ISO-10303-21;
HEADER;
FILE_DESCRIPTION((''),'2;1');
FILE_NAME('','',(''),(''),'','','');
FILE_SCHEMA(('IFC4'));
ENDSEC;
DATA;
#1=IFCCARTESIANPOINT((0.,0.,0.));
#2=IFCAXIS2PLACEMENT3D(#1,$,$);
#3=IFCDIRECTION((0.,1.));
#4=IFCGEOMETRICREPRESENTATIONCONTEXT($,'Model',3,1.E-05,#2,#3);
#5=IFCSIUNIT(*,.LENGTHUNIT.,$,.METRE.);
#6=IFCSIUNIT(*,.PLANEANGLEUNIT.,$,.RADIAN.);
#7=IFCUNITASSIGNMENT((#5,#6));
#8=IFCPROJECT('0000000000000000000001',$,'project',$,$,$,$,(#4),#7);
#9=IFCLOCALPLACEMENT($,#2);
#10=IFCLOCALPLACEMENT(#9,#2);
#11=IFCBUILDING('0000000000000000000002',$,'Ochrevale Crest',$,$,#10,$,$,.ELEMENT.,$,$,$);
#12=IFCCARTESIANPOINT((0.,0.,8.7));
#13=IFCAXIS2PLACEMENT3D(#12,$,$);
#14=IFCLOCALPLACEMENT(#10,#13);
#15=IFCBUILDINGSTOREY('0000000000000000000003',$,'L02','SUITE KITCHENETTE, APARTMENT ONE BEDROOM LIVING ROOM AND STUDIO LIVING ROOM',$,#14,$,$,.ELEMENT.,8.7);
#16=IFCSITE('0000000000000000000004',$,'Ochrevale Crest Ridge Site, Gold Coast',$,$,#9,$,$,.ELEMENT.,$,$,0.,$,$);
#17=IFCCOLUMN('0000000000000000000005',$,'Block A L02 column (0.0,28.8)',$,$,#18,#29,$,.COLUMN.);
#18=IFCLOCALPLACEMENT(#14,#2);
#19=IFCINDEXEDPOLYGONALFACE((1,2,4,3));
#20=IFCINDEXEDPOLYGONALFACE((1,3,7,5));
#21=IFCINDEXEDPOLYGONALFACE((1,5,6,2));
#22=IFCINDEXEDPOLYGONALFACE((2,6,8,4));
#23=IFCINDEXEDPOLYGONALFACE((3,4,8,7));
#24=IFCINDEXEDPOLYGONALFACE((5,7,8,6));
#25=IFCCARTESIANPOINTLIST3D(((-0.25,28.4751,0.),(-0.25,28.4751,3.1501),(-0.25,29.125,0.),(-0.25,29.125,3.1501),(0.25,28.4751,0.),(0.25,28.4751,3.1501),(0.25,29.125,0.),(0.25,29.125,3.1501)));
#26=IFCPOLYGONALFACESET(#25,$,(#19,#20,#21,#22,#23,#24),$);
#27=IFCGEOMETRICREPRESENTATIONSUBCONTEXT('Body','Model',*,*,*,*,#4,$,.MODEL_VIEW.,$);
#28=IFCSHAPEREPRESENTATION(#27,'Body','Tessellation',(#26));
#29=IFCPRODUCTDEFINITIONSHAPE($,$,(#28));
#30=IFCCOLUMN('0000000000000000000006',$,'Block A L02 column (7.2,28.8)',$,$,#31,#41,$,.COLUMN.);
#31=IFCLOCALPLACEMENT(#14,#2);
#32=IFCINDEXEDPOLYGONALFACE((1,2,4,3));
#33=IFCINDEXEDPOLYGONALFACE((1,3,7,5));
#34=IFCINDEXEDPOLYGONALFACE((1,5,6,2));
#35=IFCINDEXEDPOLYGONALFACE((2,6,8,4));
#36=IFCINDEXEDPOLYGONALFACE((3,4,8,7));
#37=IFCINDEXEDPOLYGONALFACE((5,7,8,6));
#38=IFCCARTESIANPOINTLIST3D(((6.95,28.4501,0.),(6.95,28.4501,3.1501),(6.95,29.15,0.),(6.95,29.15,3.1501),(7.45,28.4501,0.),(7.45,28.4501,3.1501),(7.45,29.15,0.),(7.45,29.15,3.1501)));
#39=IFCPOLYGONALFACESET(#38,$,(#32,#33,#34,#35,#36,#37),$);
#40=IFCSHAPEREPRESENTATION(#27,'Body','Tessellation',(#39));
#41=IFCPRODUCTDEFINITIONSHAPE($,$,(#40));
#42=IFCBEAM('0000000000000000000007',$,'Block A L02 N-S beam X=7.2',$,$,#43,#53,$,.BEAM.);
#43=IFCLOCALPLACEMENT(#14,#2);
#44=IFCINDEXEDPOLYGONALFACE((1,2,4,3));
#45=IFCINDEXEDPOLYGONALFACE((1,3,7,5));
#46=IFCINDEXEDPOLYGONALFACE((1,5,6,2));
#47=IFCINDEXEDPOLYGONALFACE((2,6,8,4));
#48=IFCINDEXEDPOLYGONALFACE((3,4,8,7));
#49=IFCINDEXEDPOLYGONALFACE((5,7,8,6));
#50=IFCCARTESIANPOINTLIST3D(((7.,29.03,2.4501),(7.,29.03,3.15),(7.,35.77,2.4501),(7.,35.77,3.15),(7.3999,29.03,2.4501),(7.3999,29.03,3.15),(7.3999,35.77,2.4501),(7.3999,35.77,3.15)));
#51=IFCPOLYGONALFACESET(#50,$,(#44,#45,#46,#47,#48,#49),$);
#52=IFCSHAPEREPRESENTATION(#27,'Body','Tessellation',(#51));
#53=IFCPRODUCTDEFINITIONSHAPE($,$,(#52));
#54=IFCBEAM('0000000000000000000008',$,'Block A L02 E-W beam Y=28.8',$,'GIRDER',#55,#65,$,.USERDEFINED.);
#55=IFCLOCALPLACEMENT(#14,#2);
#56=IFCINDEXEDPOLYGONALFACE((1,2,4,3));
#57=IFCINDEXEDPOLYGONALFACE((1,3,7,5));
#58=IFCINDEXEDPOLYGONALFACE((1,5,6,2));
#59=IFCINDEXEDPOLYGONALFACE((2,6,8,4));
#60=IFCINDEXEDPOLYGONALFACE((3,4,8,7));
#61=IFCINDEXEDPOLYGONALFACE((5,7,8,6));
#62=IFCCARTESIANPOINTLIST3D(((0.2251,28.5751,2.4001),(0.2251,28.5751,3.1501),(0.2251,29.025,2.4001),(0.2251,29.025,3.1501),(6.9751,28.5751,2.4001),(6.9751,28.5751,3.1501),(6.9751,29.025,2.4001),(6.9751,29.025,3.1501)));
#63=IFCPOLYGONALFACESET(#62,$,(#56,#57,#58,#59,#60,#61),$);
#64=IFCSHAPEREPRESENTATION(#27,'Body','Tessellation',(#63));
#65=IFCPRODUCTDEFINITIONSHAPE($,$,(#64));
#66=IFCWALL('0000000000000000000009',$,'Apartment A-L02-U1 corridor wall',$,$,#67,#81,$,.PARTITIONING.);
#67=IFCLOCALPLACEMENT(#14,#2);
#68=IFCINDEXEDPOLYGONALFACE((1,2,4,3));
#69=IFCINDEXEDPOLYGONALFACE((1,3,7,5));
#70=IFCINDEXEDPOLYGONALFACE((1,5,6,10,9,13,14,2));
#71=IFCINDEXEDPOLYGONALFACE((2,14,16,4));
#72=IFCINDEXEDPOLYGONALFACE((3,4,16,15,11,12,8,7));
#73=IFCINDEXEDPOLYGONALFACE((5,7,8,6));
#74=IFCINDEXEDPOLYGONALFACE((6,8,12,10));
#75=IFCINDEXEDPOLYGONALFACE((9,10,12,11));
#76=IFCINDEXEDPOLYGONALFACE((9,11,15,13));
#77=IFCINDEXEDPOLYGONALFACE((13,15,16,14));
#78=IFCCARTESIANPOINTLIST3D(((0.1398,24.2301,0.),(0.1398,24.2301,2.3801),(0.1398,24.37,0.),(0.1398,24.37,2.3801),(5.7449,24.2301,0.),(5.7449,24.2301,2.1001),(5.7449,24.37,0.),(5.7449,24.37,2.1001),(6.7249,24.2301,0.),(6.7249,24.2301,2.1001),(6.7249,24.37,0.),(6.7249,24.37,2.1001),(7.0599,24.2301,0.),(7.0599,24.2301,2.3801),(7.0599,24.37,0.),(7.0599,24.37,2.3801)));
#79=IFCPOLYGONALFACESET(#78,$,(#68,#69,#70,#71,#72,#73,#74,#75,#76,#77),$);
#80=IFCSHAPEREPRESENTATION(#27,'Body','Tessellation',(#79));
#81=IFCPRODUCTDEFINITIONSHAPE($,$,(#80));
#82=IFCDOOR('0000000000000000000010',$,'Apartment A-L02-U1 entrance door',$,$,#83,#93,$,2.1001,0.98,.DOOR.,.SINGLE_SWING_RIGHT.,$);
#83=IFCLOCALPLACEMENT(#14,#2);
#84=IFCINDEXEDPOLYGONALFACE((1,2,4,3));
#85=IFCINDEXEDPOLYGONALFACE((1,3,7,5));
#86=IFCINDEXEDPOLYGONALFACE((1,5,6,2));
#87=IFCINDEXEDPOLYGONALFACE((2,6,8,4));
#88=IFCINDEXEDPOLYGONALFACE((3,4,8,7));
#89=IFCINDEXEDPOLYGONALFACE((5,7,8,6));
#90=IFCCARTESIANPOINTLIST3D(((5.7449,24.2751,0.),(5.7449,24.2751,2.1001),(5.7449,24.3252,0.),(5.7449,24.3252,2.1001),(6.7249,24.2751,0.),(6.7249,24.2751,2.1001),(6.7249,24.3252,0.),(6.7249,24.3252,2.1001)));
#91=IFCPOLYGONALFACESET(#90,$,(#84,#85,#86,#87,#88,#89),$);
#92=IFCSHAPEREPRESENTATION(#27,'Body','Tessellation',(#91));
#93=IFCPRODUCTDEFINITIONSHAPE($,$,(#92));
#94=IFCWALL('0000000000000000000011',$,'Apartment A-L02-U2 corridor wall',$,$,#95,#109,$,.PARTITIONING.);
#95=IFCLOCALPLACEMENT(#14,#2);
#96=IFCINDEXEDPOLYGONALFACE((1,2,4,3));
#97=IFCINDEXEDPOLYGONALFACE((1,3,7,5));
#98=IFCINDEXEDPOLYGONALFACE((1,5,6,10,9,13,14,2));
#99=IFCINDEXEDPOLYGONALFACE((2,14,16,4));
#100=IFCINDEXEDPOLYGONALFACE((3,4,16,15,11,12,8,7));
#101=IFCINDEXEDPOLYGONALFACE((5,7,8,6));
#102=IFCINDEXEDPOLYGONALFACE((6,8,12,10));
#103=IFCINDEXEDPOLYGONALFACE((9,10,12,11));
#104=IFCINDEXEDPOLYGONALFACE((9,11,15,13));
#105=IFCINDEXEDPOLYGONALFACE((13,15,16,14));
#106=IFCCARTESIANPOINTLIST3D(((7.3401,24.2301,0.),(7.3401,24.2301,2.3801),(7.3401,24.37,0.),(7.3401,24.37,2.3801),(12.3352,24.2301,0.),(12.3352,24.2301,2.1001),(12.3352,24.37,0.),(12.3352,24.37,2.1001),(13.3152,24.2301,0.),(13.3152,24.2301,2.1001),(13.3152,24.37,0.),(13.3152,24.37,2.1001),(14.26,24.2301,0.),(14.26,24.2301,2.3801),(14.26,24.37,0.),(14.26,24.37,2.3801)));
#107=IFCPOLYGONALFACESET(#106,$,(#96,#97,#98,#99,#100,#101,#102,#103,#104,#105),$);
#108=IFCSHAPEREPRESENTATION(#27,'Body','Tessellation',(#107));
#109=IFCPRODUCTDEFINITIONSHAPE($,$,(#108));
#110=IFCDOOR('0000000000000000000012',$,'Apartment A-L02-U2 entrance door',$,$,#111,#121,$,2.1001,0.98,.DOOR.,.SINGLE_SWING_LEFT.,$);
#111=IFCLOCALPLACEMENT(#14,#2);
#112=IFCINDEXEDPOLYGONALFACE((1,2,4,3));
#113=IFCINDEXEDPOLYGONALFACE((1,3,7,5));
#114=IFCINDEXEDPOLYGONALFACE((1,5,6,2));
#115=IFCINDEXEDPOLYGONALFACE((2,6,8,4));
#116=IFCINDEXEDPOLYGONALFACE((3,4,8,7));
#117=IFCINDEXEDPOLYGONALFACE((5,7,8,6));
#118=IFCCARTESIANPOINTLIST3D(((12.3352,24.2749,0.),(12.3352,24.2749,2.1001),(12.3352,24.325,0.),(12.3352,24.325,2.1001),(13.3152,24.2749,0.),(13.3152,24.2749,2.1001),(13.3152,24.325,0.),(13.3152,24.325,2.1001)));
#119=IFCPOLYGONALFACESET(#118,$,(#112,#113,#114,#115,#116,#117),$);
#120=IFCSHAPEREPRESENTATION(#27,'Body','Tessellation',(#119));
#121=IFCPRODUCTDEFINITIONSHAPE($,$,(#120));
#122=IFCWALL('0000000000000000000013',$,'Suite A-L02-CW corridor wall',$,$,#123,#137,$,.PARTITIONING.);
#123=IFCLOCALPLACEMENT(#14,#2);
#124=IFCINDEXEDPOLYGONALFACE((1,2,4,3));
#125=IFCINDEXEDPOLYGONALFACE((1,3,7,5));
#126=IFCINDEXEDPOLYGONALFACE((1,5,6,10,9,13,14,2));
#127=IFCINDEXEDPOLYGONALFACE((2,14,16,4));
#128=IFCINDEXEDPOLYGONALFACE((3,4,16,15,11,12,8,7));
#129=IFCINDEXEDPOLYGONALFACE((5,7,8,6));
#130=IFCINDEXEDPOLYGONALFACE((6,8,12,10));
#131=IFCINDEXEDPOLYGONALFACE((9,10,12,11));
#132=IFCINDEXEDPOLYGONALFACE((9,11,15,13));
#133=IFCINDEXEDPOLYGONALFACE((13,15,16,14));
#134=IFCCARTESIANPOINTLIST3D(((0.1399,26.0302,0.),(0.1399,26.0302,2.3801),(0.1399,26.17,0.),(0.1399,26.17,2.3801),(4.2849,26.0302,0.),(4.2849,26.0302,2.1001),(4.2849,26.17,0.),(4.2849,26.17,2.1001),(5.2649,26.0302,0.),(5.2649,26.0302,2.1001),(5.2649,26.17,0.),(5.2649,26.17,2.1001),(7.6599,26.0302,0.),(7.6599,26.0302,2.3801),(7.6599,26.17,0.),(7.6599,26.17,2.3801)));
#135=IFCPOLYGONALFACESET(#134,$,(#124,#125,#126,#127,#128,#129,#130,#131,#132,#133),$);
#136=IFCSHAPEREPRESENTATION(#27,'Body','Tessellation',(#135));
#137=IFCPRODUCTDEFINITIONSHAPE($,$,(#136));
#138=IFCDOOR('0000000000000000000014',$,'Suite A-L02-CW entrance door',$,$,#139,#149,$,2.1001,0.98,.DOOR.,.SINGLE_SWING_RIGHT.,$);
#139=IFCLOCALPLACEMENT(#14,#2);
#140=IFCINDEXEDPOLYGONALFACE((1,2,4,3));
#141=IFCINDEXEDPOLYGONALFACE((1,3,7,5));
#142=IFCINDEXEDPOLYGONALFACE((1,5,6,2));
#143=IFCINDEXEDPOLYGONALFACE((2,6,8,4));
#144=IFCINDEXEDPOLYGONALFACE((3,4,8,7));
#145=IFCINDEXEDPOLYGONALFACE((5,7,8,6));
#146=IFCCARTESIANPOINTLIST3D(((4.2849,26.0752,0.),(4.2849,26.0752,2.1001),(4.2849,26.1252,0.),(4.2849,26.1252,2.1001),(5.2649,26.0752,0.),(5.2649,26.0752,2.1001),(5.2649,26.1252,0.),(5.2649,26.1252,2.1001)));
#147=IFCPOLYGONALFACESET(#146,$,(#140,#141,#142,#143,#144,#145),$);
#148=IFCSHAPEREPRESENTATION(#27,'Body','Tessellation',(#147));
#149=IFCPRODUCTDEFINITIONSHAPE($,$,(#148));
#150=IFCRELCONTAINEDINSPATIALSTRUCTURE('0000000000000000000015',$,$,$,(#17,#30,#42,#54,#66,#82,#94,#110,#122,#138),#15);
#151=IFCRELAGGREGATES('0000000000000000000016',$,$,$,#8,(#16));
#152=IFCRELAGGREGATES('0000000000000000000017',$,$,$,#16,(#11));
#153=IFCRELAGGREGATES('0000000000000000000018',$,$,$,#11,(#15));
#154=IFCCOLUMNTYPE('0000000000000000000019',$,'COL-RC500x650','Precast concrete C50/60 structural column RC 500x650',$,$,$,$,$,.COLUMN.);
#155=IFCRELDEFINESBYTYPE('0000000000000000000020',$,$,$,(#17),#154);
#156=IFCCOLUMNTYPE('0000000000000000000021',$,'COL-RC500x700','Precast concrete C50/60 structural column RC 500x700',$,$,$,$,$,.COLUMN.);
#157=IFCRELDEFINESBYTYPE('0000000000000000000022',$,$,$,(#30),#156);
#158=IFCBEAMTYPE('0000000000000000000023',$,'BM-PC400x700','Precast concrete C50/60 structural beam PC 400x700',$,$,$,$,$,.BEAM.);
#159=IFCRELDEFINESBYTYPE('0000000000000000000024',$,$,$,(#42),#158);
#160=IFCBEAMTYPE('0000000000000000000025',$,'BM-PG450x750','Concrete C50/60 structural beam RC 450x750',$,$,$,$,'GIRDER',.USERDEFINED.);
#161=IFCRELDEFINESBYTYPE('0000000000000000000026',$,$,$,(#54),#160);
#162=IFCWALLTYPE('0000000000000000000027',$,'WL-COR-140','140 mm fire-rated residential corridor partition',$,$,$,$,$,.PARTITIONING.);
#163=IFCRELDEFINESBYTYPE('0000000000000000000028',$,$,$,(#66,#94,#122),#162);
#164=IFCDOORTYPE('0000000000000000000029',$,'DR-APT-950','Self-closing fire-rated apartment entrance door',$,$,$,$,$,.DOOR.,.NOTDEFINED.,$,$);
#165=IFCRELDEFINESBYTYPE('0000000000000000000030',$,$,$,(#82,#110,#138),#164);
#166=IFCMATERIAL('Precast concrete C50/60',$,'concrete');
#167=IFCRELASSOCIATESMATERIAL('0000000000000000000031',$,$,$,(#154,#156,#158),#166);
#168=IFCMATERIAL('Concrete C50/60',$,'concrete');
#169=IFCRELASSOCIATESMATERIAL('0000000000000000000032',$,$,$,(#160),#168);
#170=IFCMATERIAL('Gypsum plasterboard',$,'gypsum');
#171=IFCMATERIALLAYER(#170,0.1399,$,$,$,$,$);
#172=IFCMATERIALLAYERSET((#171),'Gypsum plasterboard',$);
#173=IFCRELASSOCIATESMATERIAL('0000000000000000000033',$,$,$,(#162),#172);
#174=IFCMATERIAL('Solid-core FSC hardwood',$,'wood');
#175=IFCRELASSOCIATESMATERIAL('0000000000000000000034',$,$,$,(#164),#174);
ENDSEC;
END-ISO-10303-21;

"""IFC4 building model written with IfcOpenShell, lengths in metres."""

from ifc_helpers import new_model, si_unit, direction, frame, frame_2d, origin, origin_2d, place, context, subcontext, project, spatial, rectangle, extrude, material, layer, layer_set, material_profile, profile_set, type_object, element, fill, save


model = new_model("IFC4")

# Units and contexts
model_context = context("Model", 3, precision=1e-05, world=origin(), true_north=direction((0.0, 1.0)))
body_context = subcontext(model_context, "Body", "Model", "MODEL_VIEW")
ifc_project = project(units=[si_unit("LENGTHUNIT", "METRE"), si_unit("PLANEANGLEUNIT", "RADIAN")], contexts=[model_context])

# Site, building, storey
site_placement = place(None, origin())
site = spatial("IfcSite", under=ifc_project, at=site_placement, Name="Ochrevale Crest Ridge Site, Gold Coast", CompositionType="ELEMENT", RefElevation=0.0)
building_placement = place(site_placement, origin())
building = spatial("IfcBuilding", under=site, at=building_placement, Name="Ochrevale Crest", CompositionType="ELEMENT")
storey_placement = place(building_placement, frame((0.0, 0.0, 8.7)))
storey = spatial("IfcBuildingStorey", under=building, at=storey_placement, Name="L02", Description="SUITE KITCHENETTE, APARTMENT ONE BEDROOM LIVING ROOM AND STUDIO LIVING ROOM", CompositionType="ELEMENT", Elevation=8.7)

# Columns
ifc_material_1 = material(Name="Precast concrete C50/60", Category="concrete")
ifc_material_profile_1 = material_profile(ifc_material_1, rectangle(XDim=0.5, YDim=0.6499, at=origin_2d()), Name="RC 500x650")
ifc_profile_set_1 = profile_set([ifc_material_profile_1], Name="Precast concrete C50/60")
column_type_1 = type_object("IfcColumnType", Name="COL-RC500x650", Description="Precast concrete C50/60 structural column RC 500x650", PredefinedType="COLUMN", material=ifc_profile_set_1)
column_1_placement = place(storey_placement, frame((0.0, 28.8, 0.0), z_axis=(0.0, 0.0, 1.0), x_axis=(1.0, 0.0, 0.0)))
element("IfcColumn", 1, at=column_1_placement, inside=storey, type_object=column_type_1, Name="Block A L02 column (0.0,28.8)", PredefinedType="COLUMN", context=body_context, shape_type="SweptSolid", body=[
    extrude(rectangle(XDim=0.5, YDim=0.6499, at=origin_2d()), origin(), (0.0, 0.0, 1.0), 3.1501),
])
ifc_material_profile_2 = material_profile(ifc_material_1, rectangle(XDim=0.5, YDim=0.7, at=origin_2d()), Name="RC 500x700")
ifc_profile_set_2 = profile_set([ifc_material_profile_2], Name="Precast concrete C50/60")
column_type_2 = type_object("IfcColumnType", Name="COL-RC500x700", Description="Precast concrete C50/60 structural column RC 500x700", PredefinedType="COLUMN", material=ifc_profile_set_2)
column_2_placement = place(storey_placement, frame((7.2, 28.8, 0.0), z_axis=(0.0, 0.0, 1.0), x_axis=(1.0, 0.0, 0.0)))
element("IfcColumn", 2, at=column_2_placement, inside=storey, type_object=column_type_2, Name="Block A L02 column (7.2,28.8)", PredefinedType="COLUMN", context=body_context, shape_type="SweptSolid", body=[
    extrude(rectangle(XDim=0.5, YDim=0.7, at=origin_2d()), origin(), (0.0, 0.0, 1.0), 3.1501),
])

# Beams
ifc_material_profile_3 = material_profile(ifc_material_1, rectangle(XDim=0.3999, YDim=0.7, at=origin_2d()), Name="PC 400x700")
ifc_profile_set_3 = profile_set([ifc_material_profile_3], Name="Precast concrete C50/60")
beam_type_1 = type_object("IfcBeamType", Name="BM-PC400x700", Description="Precast concrete C50/60 structural beam PC 400x700", PredefinedType="BEAM", material=ifc_profile_set_3)
beam_1_placement = place(storey_placement, frame((7.2, 29.03, 2.8), z_axis=(0.0, 1.0, 0.0), x_axis=(-1.0, 0.0, 0.0)))
element("IfcBeam", 3, at=beam_1_placement, inside=storey, type_object=beam_type_1, Name="Block A L02 N-S beam X=7.2", PredefinedType="BEAM", context=body_context, shape_type="SweptSolid", body=[
    extrude(rectangle(XDim=0.3999, YDim=0.7, at=origin_2d()), origin(), (0.0, 0.0, 1.0), 6.74),
])
ifc_material_2 = material(Name="Concrete C50/60", Category="concrete")
ifc_material_profile_4 = material_profile(ifc_material_2, rectangle(XDim=0.45, YDim=0.75, at=origin_2d()), Name="RC 450x750")
ifc_profile_set_4 = profile_set([ifc_material_profile_4], Name="Concrete C50/60")
beam_type_2 = type_object("IfcBeamType", Name="BM-PG450x750", Description="Concrete C50/60 structural beam RC 450x750", ElementType="GIRDER", PredefinedType="USERDEFINED", material=ifc_profile_set_4)
beam_2_placement = place(storey_placement, frame((0.2251, 28.8, 2.7751), z_axis=(1.0, 0.0, 0.0), x_axis=(0.0, 1.0, 0.0)))
element("IfcBeam", 4, at=beam_2_placement, inside=storey, type_object=beam_type_2, Name="Block A L02 E-W beam Y=28.8", ObjectType="GIRDER", PredefinedType="USERDEFINED", context=body_context, shape_type="SweptSolid", body=[
    extrude(rectangle(XDim=0.45, YDim=0.75, at=origin_2d()), origin(), (0.0, 0.0, 1.0), 6.75),
])

# Walls, openings, doors
ifc_material_3 = material(Name="Gypsum plasterboard", Category="gypsum")
ifc_layer_1 = layer(ifc_material_3, 0.1399)
ifc_layer_set_1 = layer_set([ifc_layer_1], Name="Gypsum plasterboard")
wall_type_1 = type_object("IfcWallType", Name="WL-COR-140", Description="140 mm fire-rated residential corridor partition", PredefinedType="PARTITIONING", material=ifc_layer_set_1)
wall_1_placement = place(storey_placement, frame((0.1399, 24.3, 0.0), z_axis=(0.0, 0.0, 1.0), x_axis=(1.0, 0.0, 0.0)))
wall_1 = element("IfcWall", 5, at=wall_1_placement, inside=storey, type_object=wall_type_1, Name="Apartment A-L02-U1 corridor wall", PredefinedType="PARTITIONING", context=body_context, shape_type="SweptSolid", body=[
    extrude(rectangle(XDim=6.9202, YDim=0.1399, at=frame_2d((3.46, 0.0))), origin(), (0.0, 0.0, 1.0), 2.3801),
])
opening_1_placement = place(wall_1_placement, frame((6.585, 0.0, 0.0), z_axis=(0.0, 0.0, 1.0), x_axis=(-1.0, 0.0, 0.0)))
opening_1 = element("IfcOpeningElement", 6, at=opening_1_placement, cuts=wall_1, PredefinedType="OPENING", context=body_context, shape_type="SweptSolid", body=[
    extrude(rectangle(XDim=0.98, YDim=2.1001, at=frame_2d((0.49, 1.05))), frame((0.0, 0.0801, 0.0), z_axis=(0.0, -1.0, 0.0), x_axis=(1.0, 0.0, 0.0)), (0.0, 0.0, 1.0), 0.1599),
])
ifc_material_4 = material(Name="Solid-core FSC hardwood", Category="wood")
door_type_1 = type_object("IfcDoorType", Name="DR-APT-950", Description="Self-closing fire-rated apartment entrance door", OperationType="NOTDEFINED", PredefinedType="DOOR", material=ifc_material_4)
door_1_placement = place(opening_1_placement, origin())
door_1 = element("IfcDoor", 7, at=door_1_placement, inside=storey, type_object=door_type_1, Name="Apartment A-L02-U1 entrance door", OperationType="SINGLE_SWING_RIGHT", OverallHeight=2.1001, OverallWidth=0.98, PredefinedType="DOOR", context=body_context, shape_type="SweptSolid", body=[
    extrude(rectangle(XDim=0.98, YDim=2.1001, at=frame_2d((0.49, 1.05))), frame((0.0, 0.0249, 0.0), z_axis=(0.0, -1.0, 0.0), x_axis=(1.0, 0.0, 0.0)), (0.0, 0.0, 1.0), 0.05),
])
fill(opening_1, door_1)
wall_2_placement = place(storey_placement, frame((7.3401, 24.3, 0.0), z_axis=(0.0, 0.0, 1.0), x_axis=(1.0, 0.0, 0.0)))
wall_2 = element("IfcWall", 8, at=wall_2_placement, inside=storey, type_object=wall_type_1, Name="Apartment A-L02-U2 corridor wall", PredefinedType="PARTITIONING", context=body_context, shape_type="SweptSolid", body=[
    extrude(rectangle(XDim=6.9199, YDim=0.1399, at=frame_2d((3.46, 0.0))), origin(), (0.0, 0.0, 1.0), 2.3801),
])
opening_2_placement = place(wall_2_placement, frame((4.9951, 0.0, 0.0)))
opening_2 = element("IfcOpeningElement", 9, at=opening_2_placement, cuts=wall_2, PredefinedType="OPENING", context=body_context, shape_type="SweptSolid", body=[
    extrude(rectangle(XDim=0.98, YDim=2.1001, at=frame_2d((0.49, 1.05))), frame((0.0, 0.0801, 0.0), z_axis=(0.0, -1.0, 0.0), x_axis=(1.0, 0.0, 0.0)), (0.0, 0.0, 1.0), 0.1599),
])
door_2_placement = place(opening_2_placement, origin())
door_2 = element("IfcDoor", 10, at=door_2_placement, inside=storey, type_object=door_type_1, Name="Apartment A-L02-U2 entrance door", OperationType="SINGLE_SWING_LEFT", OverallHeight=2.1001, OverallWidth=0.98, PredefinedType="DOOR", context=body_context, shape_type="SweptSolid", body=[
    extrude(rectangle(XDim=0.98, YDim=2.1001, at=frame_2d((0.49, 1.05))), frame((0.0, 0.0249, 0.0), z_axis=(0.0, -1.0, 0.0), x_axis=(1.0, 0.0, 0.0)), (0.0, 0.0, 1.0), 0.05),
])
fill(opening_2, door_2)
wall_3_placement = place(storey_placement, frame((0.1399, 26.1001, 0.0), z_axis=(0.0, 0.0, 1.0), x_axis=(1.0, 0.0, 0.0)))
wall_3 = element("IfcWall", 11, at=wall_3_placement, inside=storey, type_object=wall_type_1, Name="Suite A-L02-CW corridor wall", PredefinedType="PARTITIONING", context=body_context, shape_type="SweptSolid", body=[
    extrude(rectangle(XDim=7.52, YDim=0.1399, at=frame_2d((3.76, 0.0))), origin(), (0.0, 0.0, 1.0), 2.3801),
])
opening_3_placement = place(wall_3_placement, frame((5.125, 0.0, 0.0), z_axis=(0.0, 0.0, 1.0), x_axis=(-1.0, 0.0, 0.0)))
opening_3 = element("IfcOpeningElement", 12, at=opening_3_placement, cuts=wall_3, PredefinedType="OPENING", context=body_context, shape_type="SweptSolid", body=[
    extrude(rectangle(XDim=0.98, YDim=2.1001, at=frame_2d((0.49, 1.05))), frame((0.0, 0.0801, 0.0), z_axis=(0.0, -1.0, 0.0), x_axis=(1.0, 0.0, 0.0)), (0.0, 0.0, 1.0), 0.1599),
])
door_3_placement = place(opening_3_placement, origin())
door_3 = element("IfcDoor", 13, at=door_3_placement, inside=storey, type_object=door_type_1, Name="Suite A-L02-CW entrance door", OperationType="SINGLE_SWING_RIGHT", OverallHeight=2.1001, OverallWidth=0.98, PredefinedType="DOOR", context=body_context, shape_type="SweptSolid", body=[
    extrude(rectangle(XDim=0.98, YDim=2.1001, at=frame_2d((0.49, 1.05))), frame((0.0, 0.0249, 0.0), z_axis=(0.0, -1.0, 0.0), x_axis=(1.0, 0.0, 0.0)), (0.0, 0.0, 1.0), 0.05),
])
fill(opening_3, door_3)

save(model, "model.ifc")
